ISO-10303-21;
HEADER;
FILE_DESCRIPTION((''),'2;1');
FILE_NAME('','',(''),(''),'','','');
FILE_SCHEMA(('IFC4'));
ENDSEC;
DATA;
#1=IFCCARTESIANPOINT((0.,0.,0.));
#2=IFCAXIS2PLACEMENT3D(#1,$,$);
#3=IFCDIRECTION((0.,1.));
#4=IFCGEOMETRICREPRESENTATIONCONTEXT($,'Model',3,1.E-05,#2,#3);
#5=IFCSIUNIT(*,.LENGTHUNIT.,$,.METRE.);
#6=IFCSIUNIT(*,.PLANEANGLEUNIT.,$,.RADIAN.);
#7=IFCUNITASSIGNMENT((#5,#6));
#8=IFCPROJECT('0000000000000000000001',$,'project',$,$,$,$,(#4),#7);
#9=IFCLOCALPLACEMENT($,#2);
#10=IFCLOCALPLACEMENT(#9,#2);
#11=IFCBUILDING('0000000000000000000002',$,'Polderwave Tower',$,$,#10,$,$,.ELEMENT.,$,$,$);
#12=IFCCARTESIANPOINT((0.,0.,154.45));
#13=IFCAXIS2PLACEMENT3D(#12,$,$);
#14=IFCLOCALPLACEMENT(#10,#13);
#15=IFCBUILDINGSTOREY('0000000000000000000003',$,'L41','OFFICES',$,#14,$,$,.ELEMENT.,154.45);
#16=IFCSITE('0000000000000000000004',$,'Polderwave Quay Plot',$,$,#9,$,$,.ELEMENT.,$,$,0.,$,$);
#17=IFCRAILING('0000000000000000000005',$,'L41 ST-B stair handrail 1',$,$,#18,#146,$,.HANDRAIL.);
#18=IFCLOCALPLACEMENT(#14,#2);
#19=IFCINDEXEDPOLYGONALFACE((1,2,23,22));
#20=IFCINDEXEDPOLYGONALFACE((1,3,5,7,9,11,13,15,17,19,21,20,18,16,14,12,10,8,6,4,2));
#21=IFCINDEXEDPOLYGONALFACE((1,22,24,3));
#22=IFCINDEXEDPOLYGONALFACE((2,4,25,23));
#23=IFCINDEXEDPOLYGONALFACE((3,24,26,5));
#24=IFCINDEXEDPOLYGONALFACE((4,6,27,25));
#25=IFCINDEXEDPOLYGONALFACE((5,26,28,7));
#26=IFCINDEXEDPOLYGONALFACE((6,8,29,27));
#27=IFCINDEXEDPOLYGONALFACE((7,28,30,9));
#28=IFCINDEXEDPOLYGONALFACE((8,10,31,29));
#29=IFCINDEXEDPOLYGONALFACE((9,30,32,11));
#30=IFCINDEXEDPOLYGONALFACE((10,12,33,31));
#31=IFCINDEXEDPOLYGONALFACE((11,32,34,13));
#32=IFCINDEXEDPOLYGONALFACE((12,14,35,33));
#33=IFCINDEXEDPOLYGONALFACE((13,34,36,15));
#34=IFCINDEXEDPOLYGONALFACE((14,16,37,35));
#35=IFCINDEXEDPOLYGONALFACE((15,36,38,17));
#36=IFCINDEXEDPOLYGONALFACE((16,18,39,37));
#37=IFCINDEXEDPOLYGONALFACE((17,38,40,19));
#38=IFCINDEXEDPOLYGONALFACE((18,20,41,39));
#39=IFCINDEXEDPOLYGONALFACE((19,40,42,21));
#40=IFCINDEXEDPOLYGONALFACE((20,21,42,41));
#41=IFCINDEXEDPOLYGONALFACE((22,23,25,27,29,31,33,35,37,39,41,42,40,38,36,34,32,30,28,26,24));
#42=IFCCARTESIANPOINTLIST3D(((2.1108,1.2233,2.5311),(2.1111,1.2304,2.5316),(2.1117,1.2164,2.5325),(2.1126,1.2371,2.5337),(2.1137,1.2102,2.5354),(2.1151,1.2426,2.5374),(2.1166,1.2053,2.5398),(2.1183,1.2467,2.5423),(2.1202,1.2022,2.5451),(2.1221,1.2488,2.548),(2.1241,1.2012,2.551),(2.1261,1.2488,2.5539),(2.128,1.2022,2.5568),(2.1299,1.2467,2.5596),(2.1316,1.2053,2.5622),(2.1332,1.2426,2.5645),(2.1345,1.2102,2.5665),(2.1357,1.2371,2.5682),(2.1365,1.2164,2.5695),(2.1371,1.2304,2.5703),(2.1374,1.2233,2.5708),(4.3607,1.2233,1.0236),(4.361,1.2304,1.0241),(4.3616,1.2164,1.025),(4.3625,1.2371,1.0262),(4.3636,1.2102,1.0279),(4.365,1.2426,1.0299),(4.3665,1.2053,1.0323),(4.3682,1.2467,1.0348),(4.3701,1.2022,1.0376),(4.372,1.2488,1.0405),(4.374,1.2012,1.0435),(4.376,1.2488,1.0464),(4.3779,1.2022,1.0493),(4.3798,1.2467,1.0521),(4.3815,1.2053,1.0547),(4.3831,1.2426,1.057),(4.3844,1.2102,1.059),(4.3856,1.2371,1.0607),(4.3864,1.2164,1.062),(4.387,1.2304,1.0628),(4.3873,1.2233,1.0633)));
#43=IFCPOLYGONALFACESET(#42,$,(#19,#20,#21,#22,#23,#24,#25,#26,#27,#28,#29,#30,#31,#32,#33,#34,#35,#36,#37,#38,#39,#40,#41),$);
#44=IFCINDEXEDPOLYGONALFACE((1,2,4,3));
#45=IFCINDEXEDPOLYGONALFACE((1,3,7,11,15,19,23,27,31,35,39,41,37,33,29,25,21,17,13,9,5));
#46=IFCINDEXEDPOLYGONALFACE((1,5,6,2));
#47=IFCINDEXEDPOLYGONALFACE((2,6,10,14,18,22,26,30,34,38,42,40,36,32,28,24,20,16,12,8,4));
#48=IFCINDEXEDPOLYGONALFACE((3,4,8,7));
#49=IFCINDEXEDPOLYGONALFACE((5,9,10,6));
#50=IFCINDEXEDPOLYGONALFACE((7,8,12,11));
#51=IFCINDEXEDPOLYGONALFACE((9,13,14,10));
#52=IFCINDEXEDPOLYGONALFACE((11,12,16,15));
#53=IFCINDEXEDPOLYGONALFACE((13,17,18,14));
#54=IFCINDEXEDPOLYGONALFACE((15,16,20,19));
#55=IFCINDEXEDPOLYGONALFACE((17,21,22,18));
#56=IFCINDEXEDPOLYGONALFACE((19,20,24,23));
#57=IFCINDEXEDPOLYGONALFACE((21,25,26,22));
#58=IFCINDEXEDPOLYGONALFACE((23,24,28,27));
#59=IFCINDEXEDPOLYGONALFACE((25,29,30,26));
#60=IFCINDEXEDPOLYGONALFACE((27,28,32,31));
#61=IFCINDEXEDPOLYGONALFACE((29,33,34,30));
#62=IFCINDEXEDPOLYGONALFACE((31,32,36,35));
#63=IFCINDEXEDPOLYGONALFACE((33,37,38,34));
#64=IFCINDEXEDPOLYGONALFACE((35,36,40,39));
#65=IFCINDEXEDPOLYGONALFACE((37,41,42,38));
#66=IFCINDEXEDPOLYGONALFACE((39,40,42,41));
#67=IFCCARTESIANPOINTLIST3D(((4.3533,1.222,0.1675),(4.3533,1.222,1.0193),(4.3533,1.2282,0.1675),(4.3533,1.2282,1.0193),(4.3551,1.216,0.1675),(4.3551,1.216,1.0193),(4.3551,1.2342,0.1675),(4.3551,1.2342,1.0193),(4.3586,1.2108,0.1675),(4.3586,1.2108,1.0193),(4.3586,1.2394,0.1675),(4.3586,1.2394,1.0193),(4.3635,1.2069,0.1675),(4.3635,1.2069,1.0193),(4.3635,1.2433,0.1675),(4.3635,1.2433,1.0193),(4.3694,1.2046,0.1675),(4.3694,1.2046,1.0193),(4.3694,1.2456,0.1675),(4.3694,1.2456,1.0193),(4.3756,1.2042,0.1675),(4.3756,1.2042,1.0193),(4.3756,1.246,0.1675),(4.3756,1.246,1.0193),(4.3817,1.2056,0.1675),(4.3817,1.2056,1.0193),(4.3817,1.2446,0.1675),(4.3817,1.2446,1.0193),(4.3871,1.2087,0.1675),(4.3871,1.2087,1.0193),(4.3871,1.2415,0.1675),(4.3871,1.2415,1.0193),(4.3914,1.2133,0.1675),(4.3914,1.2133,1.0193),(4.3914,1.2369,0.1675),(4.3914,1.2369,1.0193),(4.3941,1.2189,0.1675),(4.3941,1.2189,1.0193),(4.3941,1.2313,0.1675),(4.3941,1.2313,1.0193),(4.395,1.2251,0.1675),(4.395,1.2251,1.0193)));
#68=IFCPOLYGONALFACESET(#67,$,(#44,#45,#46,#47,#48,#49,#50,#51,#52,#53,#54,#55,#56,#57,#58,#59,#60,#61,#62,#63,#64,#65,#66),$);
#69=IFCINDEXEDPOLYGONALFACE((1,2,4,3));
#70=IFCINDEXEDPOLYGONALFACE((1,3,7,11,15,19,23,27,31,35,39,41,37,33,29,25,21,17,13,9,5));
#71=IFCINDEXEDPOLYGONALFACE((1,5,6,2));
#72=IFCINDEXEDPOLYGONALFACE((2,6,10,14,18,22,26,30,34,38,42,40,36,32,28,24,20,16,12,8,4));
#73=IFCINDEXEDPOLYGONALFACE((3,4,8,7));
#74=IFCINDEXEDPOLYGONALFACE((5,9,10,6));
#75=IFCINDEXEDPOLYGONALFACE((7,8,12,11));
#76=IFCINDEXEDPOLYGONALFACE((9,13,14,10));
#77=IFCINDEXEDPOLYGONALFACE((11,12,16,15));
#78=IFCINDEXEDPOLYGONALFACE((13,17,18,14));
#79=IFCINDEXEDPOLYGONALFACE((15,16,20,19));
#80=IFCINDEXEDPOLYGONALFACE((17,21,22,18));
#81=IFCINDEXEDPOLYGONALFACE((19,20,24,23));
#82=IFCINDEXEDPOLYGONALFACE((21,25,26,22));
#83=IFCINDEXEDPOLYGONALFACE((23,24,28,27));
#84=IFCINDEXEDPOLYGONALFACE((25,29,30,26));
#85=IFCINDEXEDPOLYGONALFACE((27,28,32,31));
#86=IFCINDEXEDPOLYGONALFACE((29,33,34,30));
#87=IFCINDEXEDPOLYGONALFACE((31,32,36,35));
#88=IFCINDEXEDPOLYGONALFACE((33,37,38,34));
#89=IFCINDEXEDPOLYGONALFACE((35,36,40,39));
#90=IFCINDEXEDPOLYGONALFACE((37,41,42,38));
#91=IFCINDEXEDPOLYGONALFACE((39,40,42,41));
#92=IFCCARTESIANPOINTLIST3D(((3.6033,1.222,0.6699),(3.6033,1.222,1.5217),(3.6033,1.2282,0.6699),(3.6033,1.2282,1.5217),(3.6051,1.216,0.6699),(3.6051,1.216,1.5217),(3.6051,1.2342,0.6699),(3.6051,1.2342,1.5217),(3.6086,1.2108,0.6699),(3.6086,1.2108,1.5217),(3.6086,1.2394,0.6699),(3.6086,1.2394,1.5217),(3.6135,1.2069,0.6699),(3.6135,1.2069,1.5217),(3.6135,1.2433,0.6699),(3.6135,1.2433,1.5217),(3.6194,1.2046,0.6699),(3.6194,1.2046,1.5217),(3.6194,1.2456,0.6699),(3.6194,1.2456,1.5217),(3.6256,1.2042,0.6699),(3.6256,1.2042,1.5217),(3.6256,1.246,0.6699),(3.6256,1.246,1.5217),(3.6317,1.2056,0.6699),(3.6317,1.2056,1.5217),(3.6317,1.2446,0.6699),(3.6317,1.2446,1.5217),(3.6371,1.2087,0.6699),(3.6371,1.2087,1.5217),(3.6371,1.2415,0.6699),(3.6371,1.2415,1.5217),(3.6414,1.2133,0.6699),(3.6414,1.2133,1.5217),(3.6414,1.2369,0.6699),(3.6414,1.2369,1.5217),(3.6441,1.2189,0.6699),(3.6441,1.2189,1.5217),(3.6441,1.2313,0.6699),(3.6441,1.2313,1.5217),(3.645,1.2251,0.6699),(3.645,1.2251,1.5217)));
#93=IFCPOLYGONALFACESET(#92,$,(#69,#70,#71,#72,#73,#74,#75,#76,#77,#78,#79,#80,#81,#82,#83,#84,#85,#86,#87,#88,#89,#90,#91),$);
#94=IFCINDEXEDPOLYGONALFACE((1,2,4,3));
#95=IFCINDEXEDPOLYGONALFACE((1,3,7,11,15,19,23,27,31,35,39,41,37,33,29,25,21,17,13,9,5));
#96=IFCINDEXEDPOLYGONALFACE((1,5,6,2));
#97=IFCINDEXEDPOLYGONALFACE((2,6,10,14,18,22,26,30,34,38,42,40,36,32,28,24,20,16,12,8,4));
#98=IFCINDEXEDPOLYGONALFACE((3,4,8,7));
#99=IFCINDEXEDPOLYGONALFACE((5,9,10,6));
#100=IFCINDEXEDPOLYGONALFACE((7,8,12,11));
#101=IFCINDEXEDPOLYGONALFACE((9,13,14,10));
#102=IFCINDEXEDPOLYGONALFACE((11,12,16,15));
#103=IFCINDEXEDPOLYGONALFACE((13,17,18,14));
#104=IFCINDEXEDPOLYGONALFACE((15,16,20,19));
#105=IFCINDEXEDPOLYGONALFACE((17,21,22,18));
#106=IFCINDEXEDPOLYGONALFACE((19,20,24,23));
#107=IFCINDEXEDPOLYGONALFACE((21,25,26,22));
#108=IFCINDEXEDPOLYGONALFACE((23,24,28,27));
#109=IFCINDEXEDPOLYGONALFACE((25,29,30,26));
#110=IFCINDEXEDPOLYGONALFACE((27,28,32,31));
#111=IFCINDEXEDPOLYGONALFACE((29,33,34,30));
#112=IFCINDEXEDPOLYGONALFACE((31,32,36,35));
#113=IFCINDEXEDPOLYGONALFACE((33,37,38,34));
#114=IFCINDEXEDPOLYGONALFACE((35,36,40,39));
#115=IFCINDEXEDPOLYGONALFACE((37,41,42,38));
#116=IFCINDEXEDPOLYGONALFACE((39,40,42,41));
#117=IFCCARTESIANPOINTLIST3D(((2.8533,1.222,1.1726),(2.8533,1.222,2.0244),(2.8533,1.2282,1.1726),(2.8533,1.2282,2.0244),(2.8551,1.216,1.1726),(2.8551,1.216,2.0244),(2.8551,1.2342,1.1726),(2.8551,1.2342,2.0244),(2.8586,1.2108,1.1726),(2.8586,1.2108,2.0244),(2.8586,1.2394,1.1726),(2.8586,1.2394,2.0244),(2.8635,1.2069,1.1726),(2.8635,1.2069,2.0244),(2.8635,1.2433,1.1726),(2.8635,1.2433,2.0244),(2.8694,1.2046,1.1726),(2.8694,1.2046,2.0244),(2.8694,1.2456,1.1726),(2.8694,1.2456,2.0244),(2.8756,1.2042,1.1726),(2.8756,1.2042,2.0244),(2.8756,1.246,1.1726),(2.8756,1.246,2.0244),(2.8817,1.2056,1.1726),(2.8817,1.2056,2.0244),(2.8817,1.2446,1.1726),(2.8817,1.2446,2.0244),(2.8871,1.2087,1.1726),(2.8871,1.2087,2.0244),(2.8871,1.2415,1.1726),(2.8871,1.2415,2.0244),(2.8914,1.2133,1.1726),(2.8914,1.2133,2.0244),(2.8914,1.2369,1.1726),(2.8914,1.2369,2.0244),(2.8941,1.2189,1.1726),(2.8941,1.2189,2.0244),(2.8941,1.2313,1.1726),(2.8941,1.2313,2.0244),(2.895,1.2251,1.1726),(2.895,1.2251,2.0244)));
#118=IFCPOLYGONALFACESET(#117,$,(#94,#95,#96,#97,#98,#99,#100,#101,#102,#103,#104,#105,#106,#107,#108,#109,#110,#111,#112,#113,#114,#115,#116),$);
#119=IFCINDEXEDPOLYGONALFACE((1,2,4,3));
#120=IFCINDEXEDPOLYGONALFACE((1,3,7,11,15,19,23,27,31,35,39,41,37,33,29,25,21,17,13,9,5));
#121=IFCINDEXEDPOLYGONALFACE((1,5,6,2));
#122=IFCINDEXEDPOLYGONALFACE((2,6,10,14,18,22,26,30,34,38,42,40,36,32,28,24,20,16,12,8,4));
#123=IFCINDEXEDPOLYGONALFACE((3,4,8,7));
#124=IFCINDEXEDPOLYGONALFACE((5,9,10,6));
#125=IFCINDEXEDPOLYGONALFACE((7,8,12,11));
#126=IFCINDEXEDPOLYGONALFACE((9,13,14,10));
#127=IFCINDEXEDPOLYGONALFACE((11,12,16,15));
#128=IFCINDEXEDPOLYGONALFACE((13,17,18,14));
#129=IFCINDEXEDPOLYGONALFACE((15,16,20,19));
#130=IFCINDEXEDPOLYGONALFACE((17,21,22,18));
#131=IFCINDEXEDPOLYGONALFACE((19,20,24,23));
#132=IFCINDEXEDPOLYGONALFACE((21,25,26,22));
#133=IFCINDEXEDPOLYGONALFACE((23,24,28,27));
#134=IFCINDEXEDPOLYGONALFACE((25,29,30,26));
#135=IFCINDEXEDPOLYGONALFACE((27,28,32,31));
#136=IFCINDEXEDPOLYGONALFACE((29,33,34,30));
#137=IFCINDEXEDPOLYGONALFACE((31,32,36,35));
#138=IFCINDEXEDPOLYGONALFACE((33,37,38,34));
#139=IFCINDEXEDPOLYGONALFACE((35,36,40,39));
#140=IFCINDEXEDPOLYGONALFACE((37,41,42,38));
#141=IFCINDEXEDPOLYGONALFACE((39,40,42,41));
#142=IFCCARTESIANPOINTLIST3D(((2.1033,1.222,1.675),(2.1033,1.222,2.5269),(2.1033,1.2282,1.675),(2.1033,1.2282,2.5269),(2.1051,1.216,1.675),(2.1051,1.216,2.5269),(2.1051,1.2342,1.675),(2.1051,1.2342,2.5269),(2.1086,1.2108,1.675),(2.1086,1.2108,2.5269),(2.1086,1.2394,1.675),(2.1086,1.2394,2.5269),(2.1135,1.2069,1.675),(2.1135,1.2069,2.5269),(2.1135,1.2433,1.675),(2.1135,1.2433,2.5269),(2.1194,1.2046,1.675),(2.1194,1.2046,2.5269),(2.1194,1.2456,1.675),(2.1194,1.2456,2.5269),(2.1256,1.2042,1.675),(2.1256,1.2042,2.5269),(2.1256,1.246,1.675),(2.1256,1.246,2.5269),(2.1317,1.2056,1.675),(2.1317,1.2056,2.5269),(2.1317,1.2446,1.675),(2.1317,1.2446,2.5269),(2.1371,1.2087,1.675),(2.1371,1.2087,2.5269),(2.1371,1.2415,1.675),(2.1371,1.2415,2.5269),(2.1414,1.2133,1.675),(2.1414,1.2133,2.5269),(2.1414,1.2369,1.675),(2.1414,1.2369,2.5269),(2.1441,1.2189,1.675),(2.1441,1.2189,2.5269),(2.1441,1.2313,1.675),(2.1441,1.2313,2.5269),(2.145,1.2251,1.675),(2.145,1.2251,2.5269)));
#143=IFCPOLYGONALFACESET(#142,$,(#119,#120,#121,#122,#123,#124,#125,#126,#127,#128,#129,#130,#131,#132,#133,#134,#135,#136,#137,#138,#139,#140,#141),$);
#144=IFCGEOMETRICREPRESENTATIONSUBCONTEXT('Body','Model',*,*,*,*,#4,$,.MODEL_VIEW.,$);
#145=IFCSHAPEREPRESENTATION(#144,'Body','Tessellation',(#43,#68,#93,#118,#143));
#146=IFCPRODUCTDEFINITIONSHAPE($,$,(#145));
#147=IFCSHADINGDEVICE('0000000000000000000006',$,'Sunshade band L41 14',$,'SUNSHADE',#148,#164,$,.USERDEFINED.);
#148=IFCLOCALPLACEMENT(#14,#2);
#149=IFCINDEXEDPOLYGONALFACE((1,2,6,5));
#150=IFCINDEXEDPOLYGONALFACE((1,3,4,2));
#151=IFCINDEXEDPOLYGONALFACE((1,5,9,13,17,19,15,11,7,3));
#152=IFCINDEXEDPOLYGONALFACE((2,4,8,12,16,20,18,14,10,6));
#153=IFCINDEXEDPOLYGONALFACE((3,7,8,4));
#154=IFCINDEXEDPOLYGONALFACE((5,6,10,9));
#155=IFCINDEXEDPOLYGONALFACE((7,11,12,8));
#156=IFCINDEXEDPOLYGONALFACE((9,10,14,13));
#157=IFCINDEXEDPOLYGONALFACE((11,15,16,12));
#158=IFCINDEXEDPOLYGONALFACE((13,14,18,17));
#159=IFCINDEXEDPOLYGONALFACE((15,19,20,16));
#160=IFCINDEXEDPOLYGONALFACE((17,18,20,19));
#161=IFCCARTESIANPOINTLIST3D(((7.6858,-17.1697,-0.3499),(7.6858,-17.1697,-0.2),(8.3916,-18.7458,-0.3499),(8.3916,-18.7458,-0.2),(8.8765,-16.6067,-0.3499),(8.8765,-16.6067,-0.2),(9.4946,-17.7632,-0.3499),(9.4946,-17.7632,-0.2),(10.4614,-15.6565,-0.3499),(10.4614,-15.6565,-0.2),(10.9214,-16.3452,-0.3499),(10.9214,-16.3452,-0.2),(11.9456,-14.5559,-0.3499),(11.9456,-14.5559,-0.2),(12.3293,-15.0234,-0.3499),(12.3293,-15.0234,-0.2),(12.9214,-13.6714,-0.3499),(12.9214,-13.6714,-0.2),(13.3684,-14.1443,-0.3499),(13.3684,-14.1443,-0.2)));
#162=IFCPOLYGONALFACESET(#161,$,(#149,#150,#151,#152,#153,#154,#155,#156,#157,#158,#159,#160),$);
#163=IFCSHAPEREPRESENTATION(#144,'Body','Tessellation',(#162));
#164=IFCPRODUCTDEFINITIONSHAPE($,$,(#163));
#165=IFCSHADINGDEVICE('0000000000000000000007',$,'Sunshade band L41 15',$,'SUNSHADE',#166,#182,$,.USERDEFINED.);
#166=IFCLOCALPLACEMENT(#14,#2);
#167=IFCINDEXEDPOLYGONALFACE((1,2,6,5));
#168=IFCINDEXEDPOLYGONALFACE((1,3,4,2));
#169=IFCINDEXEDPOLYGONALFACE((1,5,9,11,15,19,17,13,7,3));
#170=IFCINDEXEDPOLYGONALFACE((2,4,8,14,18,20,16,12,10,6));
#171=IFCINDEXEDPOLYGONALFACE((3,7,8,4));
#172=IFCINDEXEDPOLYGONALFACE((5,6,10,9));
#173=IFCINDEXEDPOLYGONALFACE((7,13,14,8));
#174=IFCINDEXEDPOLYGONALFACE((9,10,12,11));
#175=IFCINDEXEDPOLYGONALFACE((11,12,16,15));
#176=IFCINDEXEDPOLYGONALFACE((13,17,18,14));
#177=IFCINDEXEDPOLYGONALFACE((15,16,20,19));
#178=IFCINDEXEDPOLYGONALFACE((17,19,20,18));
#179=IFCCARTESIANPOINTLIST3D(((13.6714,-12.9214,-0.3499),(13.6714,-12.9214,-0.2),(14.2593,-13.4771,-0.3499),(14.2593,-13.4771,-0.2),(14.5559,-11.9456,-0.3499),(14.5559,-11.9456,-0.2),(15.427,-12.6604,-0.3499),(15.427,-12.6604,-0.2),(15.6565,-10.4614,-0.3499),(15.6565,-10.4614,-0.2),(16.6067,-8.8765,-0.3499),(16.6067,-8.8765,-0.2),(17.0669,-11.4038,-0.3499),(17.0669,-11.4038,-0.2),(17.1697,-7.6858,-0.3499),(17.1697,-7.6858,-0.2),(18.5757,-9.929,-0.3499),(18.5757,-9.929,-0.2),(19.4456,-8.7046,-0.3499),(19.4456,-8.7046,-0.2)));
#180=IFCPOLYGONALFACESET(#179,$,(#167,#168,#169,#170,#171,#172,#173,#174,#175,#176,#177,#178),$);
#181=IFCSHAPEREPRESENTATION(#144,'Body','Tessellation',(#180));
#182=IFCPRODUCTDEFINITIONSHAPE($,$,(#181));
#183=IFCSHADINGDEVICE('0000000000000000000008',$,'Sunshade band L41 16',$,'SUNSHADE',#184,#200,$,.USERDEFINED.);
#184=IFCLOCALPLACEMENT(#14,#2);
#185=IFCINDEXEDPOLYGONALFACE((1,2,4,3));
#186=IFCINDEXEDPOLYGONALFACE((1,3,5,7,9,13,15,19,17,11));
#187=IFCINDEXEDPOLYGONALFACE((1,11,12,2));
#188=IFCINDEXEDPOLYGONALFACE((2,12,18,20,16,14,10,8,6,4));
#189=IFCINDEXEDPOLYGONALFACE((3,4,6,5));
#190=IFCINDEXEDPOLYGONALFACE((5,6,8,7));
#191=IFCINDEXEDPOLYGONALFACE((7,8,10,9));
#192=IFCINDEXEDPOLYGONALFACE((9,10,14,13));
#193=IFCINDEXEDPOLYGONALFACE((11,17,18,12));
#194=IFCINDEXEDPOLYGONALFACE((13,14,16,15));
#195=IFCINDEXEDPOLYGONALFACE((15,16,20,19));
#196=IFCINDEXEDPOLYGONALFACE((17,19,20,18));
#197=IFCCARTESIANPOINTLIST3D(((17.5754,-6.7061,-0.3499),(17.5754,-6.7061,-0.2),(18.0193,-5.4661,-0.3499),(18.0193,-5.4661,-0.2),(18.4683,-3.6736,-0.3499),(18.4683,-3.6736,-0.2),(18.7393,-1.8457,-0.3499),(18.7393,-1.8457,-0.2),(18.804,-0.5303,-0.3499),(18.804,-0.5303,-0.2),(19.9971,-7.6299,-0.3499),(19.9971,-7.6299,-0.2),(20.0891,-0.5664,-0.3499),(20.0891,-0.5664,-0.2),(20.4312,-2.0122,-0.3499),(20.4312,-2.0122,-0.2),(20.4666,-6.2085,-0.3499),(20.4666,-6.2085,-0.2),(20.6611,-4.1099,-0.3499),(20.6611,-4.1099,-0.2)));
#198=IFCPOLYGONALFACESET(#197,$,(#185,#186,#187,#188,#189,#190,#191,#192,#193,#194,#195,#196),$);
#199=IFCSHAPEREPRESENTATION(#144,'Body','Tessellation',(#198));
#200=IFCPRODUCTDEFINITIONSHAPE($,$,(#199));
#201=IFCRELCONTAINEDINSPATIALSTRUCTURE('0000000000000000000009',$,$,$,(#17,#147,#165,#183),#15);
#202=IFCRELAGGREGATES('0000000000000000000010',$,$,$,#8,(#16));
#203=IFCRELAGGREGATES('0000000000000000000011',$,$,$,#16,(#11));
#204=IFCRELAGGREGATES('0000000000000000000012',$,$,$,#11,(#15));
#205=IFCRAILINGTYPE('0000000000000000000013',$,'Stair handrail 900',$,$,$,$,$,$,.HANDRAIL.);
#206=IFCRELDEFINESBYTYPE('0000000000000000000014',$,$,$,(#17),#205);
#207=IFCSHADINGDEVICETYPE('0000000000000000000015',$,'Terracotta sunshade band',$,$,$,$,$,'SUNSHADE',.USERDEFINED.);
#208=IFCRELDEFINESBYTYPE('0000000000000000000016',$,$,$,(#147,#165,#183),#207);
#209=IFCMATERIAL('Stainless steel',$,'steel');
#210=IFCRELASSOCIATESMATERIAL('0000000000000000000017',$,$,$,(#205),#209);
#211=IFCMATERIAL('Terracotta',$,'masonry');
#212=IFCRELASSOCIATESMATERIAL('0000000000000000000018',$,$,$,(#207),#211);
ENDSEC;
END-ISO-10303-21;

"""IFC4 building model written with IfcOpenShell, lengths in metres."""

from ifc_helpers import new_model, si_unit, direction, frame, origin, origin_2d, place, context, subcontext, project, spatial, polyline, circle, outline, extrude, material, type_object, element, save


model = new_model("IFC4")

# Units and contexts
model_context = context("Model", 3, precision=1e-05, world=origin(), true_north=direction((0.0, 1.0)))
body_context = subcontext(model_context, "Body", "Model", "MODEL_VIEW")
ifc_project = project(units=[si_unit("LENGTHUNIT", "METRE"), si_unit("PLANEANGLEUNIT", "RADIAN")], contexts=[model_context])

# Site, building, storey
site_placement = place(None, origin())
site = spatial("IfcSite", under=ifc_project, at=site_placement, Name="Polderwave Quay Plot", CompositionType="ELEMENT", RefElevation=0.0)
building_placement = place(site_placement, origin())
building = spatial("IfcBuilding", under=site, at=building_placement, Name="Polderwave Tower", CompositionType="ELEMENT")
storey_placement = place(building_placement, frame((0.0, 0.0, 154.45)))
storey = spatial("IfcBuildingStorey", under=building, at=storey_placement, Name="L41", Description="OFFICES", CompositionType="ELEMENT", Elevation=154.45)

# Shared definitions
ifc_material_1 = material(Name="Stainless steel", Category="steel")

# Railing
railing_type_1 = type_object("IfcRailingType", Name="Stair handrail 900", PredefinedType="HANDRAIL", material=ifc_material_1)
railing_1_placement = place(storey_placement, frame((4.374, 1.2251, 0.1675)))
element("IfcRailing", 1, at=railing_1_placement, inside=storey, type_object=railing_type_1, Name="L41 ST-B stair handrail 1", PredefinedType="HANDRAIL", context=body_context, shape_type="SweptSolid", body=[
    extrude(circle(Radius=0.0239, at=origin_2d()), frame((0.0, 0.0, 0.876), z_axis=(-0.830758, 0.0, 0.556633), x_axis=(0.0, -1.0, 0.0)), (0.0, 0.0, 1.0), 2.7083),
    extrude(circle(Radius=0.021, at=origin_2d()), origin(), (0.0, 0.0, 1.0), 0.8518),
    extrude(circle(Radius=0.021, at=origin_2d()), frame((-0.75, 0.0, 0.5024)), (0.0, 0.0, 1.0), 0.8518),
    extrude(circle(Radius=0.021, at=origin_2d()), frame((-1.5, 0.0, 1.0051)), (0.0, 0.0, 1.0), 0.8518),
    extrude(circle(Radius=0.021, at=origin_2d()), frame((-2.25, 0.0, 1.5076)), (0.0, 0.0, 1.0), 0.8518),
])

# Shading devices
ifc_material_2 = material(Name="Terracotta", Category="masonry")
shading_device_type = type_object("IfcShadingDeviceType", Name="Terracotta sunshade band", ElementType="SUNSHADE", PredefinedType="USERDEFINED", material=ifc_material_2)
shading_device_1_placement = place(storey_placement, frame((0.0, 0.0, -0.3499)))
element("IfcShadingDevice", 2, at=shading_device_1_placement, inside=storey, type_object=shading_device_type, Name="Sunshade band L41 14", ObjectType="SUNSHADE", PredefinedType="USERDEFINED", context=body_context, shape_type="SweptSolid", body=[
    extrude(outline(polyline([(7.6858, -17.1697), (8.8765, -16.6067), (10.4614, -15.6565), (11.9456, -14.5559), (12.9214, -13.6714), (13.3684, -14.1443), (12.3293, -15.0234), (10.9214, -16.3452), (9.4946, -17.7632), (8.3916, -18.7458), (7.6858, -17.1697)])), origin(), (0.0, 0.0, 1.0), 0.1499),
])
shading_device_2_placement = place(storey_placement, frame((0.0, 0.0, -0.3499)))
element("IfcShadingDevice", 3, at=shading_device_2_placement, inside=storey, type_object=shading_device_type, Name="Sunshade band L41 15", ObjectType="SUNSHADE", PredefinedType="USERDEFINED", context=body_context, shape_type="SweptSolid", body=[
    extrude(outline(polyline([(13.6714, -12.9214), (14.5559, -11.9456), (15.6565, -10.4614), (16.6067, -8.8765), (17.1697, -7.6858), (19.4456, -8.7046), (18.5757, -9.929), (17.0669, -11.4038), (15.427, -12.6604), (14.2593, -13.4771), (13.6714, -12.9214)])), origin(), (0.0, 0.0, 1.0), 0.1499),
])
shading_device_3_placement = place(storey_placement, frame((0.0, 0.0, -0.3499)))
element("IfcShadingDevice", 4, at=shading_device_3_placement, inside=storey, type_object=shading_device_type, Name="Sunshade band L41 16", ObjectType="SUNSHADE", PredefinedType="USERDEFINED", context=body_context, shape_type="SweptSolid", body=[
    extrude(outline(polyline([(17.5754, -6.7061), (18.0193, -5.4661), (18.4683, -3.6736), (18.7393, -1.8457), (18.804, -0.5303), (20.0891, -0.5664), (20.4312, -2.0122), (20.6611, -4.1099), (20.4666, -6.2085), (19.9971, -7.6299), (17.5754, -6.7061)])), origin(), (0.0, 0.0, 1.0), 0.1499),
])

save(model, "model.ifc")
